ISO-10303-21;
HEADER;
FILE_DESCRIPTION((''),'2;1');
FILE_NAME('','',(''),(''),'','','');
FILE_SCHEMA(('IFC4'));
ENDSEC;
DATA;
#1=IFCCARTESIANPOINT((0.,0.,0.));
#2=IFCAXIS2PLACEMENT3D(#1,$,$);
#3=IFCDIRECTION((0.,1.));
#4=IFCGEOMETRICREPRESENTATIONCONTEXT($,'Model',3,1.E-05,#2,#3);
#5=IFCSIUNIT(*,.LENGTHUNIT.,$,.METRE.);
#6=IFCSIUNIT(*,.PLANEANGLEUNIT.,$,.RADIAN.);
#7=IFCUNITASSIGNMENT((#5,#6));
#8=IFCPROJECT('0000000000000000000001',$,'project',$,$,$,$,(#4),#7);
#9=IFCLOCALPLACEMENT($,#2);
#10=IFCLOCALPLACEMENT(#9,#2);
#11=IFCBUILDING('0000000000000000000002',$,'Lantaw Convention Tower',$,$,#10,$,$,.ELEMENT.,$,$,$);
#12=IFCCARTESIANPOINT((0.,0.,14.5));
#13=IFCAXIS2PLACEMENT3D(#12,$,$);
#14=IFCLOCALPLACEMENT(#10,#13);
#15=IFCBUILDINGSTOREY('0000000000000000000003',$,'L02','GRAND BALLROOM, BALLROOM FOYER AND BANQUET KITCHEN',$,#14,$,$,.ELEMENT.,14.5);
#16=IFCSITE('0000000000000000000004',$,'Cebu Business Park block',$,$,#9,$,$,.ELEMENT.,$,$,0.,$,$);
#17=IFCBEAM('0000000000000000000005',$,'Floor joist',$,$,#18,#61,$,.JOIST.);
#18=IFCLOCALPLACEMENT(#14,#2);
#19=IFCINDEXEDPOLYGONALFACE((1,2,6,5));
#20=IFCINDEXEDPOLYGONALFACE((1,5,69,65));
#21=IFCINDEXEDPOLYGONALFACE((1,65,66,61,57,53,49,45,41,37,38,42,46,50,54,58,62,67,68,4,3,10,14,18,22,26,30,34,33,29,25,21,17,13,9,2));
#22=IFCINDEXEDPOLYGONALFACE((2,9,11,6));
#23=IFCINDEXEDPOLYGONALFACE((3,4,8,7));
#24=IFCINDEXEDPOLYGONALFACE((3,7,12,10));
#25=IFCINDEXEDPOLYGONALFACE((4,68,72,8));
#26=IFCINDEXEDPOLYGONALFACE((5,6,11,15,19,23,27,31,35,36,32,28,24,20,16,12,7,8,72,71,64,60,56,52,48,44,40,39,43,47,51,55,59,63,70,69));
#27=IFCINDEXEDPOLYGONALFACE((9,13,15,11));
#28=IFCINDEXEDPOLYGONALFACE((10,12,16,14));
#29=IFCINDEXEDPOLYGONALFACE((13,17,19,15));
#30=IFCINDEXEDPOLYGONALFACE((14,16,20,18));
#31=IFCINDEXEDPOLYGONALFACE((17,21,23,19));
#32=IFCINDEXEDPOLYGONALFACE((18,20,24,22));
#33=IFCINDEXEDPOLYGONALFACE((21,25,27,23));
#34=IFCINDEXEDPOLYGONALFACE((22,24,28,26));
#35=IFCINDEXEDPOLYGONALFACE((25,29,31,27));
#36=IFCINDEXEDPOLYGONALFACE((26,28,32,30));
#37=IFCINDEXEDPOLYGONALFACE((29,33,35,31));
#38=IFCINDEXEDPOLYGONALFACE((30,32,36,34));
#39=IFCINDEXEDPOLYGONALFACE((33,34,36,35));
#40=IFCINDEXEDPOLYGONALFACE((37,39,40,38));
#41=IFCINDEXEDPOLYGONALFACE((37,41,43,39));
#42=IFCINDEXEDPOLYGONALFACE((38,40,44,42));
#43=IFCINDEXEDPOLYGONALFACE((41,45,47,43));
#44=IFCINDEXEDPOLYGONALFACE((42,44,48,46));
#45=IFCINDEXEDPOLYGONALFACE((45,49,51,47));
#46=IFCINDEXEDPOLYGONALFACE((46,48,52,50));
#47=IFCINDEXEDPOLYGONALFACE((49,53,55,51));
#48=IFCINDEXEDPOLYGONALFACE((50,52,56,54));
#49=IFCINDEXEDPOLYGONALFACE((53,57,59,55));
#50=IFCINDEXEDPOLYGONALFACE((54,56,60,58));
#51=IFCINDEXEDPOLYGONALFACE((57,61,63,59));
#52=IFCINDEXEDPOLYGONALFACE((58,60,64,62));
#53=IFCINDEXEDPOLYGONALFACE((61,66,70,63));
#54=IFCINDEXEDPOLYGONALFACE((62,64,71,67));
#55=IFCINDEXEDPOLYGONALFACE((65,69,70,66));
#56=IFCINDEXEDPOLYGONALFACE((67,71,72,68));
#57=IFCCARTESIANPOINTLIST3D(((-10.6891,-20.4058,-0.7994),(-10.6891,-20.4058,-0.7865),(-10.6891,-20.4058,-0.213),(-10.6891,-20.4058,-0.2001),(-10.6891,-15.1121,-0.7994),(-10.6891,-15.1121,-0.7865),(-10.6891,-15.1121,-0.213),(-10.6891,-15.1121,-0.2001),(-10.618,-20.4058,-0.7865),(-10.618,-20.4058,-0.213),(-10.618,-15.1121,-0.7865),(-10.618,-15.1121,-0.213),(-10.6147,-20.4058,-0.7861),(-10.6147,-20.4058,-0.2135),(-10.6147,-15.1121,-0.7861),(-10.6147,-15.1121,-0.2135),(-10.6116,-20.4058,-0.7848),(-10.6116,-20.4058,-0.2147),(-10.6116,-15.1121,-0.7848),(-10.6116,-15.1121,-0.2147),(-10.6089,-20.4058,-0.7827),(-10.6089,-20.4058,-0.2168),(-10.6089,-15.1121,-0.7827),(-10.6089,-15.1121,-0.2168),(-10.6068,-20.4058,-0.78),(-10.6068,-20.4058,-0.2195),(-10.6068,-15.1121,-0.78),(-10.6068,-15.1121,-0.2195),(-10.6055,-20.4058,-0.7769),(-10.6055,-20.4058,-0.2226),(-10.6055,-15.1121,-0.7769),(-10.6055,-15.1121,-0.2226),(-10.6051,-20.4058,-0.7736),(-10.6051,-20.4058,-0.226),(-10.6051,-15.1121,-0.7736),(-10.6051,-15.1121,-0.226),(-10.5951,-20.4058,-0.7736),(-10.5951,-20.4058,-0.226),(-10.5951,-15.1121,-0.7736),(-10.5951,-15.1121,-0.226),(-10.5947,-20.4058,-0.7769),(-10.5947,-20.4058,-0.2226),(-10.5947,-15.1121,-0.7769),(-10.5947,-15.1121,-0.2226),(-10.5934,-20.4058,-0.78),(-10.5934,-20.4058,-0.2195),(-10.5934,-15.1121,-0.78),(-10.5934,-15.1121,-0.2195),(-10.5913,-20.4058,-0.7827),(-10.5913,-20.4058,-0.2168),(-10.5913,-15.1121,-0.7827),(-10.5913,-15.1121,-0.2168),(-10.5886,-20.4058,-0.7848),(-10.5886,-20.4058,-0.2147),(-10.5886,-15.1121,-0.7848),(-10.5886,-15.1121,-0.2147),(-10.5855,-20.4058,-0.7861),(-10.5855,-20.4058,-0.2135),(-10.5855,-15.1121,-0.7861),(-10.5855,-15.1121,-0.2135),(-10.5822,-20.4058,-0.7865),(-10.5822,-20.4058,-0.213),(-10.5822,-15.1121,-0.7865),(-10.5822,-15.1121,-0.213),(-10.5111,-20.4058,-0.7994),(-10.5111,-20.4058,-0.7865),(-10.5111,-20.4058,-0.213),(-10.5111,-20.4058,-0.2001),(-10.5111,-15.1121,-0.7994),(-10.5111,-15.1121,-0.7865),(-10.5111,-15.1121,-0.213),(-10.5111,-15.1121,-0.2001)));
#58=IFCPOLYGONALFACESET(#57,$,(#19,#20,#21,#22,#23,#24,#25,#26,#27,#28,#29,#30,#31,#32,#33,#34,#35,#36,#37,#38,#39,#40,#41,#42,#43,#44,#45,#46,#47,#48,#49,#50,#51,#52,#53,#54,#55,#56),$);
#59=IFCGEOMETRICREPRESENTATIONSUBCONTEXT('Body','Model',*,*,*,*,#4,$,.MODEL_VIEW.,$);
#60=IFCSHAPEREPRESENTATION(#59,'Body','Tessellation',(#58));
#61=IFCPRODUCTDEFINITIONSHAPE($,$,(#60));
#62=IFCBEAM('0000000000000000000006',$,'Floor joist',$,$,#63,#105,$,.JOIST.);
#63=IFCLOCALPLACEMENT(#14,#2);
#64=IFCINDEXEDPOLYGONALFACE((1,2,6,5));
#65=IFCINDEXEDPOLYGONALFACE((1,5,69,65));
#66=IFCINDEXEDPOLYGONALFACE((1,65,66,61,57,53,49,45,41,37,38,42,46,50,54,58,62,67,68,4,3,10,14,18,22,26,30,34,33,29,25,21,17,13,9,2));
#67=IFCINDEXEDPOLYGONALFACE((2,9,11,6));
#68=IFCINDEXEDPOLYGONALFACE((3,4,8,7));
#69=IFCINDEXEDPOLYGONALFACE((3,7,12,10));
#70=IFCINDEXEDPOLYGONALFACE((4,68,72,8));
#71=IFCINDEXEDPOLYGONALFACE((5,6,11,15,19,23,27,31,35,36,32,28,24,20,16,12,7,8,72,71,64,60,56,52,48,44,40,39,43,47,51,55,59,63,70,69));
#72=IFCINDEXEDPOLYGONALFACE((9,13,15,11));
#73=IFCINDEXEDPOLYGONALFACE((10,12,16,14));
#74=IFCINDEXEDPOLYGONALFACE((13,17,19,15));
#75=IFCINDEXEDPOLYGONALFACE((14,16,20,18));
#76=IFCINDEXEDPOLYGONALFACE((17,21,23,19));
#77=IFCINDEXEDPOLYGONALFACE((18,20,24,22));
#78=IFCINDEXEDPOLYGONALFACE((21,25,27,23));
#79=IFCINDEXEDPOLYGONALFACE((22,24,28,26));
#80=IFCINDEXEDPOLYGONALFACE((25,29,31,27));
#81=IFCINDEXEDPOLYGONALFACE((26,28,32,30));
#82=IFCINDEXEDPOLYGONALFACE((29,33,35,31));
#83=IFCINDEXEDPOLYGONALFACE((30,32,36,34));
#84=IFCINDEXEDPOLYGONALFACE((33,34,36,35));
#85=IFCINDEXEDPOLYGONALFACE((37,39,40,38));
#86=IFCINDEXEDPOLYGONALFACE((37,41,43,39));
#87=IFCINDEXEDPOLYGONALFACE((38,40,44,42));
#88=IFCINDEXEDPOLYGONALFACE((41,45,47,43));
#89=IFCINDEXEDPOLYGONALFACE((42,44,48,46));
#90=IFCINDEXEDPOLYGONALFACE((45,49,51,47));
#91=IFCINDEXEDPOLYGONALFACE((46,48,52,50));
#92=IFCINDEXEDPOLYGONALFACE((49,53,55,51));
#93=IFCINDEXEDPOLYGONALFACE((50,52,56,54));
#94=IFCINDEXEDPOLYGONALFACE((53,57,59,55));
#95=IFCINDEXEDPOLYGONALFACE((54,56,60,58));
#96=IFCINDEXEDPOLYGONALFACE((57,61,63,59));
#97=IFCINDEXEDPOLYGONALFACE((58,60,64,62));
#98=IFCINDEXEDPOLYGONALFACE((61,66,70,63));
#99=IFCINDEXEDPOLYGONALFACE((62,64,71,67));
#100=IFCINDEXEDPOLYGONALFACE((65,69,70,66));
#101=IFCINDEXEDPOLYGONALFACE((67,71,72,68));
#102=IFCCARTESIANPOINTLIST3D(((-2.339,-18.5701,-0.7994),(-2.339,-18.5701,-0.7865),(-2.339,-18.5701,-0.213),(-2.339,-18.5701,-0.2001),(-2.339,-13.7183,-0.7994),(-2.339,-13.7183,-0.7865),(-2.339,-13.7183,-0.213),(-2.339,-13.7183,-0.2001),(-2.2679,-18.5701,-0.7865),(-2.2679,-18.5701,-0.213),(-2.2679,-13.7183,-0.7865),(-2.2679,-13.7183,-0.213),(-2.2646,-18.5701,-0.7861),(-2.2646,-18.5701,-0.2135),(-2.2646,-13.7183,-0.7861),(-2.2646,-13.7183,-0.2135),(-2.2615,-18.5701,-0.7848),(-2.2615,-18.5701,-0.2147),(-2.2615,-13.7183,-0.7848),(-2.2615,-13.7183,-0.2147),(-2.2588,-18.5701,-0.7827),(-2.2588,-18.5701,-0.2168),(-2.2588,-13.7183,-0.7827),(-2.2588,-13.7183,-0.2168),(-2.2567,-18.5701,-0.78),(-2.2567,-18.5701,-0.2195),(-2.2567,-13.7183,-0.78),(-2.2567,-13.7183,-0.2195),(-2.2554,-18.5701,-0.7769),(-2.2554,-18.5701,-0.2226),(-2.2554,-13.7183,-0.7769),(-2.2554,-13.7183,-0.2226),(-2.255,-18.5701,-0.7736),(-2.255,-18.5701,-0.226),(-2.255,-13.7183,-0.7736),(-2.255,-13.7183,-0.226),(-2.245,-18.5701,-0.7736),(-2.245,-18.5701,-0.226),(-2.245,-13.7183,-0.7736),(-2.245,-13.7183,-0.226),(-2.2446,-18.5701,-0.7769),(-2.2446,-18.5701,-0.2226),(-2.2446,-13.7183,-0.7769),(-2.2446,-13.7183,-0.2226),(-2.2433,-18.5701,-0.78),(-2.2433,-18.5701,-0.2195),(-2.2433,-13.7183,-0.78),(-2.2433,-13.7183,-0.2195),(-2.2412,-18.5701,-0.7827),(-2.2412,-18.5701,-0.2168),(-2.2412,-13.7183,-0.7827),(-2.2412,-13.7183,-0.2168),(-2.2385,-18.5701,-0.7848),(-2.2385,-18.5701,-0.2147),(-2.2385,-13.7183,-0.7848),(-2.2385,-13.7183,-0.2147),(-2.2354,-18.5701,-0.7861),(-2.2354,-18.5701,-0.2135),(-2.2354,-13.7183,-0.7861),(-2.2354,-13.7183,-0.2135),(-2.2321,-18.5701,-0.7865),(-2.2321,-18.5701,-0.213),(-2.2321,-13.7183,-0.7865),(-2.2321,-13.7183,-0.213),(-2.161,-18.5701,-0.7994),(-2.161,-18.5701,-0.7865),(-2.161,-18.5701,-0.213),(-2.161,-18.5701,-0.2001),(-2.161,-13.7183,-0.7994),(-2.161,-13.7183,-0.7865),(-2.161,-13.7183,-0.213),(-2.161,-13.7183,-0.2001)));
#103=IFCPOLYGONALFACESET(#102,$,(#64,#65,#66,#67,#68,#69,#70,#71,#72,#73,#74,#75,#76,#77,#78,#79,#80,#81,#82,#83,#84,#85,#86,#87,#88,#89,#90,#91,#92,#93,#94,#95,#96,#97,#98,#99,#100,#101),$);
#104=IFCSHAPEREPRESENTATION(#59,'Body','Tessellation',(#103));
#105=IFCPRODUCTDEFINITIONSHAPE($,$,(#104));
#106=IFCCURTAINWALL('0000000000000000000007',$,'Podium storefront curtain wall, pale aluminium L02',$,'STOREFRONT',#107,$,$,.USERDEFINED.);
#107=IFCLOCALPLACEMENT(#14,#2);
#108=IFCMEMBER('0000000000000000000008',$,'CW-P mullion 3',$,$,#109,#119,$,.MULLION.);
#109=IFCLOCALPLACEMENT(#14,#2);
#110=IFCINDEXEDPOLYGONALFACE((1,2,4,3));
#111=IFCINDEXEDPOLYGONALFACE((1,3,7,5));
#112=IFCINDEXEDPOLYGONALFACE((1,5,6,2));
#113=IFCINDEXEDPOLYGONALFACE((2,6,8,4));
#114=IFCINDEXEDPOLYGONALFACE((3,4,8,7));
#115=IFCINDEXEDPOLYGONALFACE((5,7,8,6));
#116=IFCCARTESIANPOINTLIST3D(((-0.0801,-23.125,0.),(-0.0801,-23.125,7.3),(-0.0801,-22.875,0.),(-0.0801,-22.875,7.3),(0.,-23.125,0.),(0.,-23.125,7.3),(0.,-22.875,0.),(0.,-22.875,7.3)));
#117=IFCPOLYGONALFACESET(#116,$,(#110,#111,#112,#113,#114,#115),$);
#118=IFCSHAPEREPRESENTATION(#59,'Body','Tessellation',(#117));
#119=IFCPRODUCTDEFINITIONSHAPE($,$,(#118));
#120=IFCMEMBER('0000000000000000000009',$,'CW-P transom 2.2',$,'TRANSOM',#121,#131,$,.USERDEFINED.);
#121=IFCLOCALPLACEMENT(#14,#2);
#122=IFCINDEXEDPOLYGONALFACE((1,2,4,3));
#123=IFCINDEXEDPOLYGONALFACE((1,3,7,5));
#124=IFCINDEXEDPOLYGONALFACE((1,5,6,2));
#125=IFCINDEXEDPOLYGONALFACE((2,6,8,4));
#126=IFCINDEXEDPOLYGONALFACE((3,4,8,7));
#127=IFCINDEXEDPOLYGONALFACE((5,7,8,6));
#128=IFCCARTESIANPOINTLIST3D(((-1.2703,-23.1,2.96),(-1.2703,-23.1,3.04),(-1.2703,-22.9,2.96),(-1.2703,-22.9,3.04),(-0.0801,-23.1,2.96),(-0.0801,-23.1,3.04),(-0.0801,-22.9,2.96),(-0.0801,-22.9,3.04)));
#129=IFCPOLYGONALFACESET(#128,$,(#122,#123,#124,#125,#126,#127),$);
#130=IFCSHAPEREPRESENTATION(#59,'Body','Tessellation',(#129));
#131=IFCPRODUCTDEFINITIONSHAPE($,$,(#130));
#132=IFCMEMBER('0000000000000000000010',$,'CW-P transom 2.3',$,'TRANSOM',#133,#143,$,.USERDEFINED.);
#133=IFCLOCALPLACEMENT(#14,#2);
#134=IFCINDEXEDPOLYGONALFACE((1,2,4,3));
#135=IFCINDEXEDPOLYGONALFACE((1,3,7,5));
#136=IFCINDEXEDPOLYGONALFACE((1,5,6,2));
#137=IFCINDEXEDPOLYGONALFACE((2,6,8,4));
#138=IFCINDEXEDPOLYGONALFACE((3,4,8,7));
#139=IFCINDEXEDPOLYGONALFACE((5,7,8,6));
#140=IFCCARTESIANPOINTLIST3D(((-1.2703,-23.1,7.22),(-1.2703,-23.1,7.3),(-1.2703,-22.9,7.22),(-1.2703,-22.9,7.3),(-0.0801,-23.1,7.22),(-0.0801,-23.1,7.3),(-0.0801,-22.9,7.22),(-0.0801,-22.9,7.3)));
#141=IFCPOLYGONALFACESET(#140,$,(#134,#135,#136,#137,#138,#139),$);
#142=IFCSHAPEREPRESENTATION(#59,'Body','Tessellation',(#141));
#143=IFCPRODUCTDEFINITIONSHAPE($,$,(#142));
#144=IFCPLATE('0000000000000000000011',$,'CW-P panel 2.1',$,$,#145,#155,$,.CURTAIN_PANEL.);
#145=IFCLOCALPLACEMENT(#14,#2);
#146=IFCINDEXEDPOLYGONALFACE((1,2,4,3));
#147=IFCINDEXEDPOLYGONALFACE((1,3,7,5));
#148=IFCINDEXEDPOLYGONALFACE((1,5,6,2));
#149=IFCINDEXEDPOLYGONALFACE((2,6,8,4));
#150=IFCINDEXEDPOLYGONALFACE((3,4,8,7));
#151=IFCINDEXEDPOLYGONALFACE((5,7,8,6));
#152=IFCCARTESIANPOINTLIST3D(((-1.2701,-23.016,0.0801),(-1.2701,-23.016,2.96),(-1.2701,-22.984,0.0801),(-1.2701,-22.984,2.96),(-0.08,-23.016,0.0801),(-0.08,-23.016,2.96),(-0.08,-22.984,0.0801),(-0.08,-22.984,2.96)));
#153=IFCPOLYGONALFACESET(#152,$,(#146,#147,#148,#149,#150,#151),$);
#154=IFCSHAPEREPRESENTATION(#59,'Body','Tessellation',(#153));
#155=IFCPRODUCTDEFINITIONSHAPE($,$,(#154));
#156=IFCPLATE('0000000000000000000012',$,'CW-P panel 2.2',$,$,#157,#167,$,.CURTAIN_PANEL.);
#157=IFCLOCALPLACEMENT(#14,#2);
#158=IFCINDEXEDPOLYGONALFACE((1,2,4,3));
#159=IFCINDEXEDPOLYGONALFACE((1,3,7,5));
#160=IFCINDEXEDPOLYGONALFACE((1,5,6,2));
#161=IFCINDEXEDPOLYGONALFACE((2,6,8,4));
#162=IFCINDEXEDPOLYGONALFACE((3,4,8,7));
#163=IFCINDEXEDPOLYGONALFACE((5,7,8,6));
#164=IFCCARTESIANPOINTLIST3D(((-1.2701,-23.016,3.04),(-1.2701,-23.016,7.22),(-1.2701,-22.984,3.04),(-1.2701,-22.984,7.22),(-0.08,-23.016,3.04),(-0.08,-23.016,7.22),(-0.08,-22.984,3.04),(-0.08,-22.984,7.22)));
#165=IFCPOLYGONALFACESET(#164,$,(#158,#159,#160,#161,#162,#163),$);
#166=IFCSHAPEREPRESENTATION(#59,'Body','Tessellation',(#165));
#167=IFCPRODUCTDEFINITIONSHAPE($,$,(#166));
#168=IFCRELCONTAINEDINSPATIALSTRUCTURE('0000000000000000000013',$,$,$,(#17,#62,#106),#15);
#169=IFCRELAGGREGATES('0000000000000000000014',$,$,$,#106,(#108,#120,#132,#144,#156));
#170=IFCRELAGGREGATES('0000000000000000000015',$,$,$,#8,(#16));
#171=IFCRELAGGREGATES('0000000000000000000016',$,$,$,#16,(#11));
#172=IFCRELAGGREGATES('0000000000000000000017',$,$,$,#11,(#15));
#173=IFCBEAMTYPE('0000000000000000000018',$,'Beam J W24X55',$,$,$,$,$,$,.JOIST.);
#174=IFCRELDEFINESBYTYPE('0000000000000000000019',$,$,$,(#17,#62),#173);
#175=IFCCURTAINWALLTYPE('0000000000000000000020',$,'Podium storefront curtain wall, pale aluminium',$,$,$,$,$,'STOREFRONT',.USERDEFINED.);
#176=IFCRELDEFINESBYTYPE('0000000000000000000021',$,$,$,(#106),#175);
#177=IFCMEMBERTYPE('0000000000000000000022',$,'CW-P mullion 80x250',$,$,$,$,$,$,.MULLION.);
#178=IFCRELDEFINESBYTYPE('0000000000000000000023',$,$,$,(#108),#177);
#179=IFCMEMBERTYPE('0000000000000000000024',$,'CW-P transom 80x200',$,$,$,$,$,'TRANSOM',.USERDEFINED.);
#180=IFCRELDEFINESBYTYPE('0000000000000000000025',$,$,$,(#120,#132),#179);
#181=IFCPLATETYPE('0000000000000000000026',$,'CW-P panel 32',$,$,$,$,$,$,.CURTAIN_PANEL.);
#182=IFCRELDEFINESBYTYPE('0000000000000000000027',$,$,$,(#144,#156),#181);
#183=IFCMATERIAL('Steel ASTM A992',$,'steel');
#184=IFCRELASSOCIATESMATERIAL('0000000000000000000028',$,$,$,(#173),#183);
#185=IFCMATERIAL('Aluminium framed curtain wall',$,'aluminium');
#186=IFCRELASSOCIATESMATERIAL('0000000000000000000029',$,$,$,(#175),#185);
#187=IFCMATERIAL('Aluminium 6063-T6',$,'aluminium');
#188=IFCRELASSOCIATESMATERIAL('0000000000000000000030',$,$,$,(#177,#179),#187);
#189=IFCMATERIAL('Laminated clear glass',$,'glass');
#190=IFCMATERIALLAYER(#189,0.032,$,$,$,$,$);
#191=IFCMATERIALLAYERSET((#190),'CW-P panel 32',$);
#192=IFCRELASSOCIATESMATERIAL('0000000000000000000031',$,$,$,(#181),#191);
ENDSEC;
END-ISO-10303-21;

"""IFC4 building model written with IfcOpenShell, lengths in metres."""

from ifc_helpers import new_model, si_unit, direction, frame, origin, origin_2d, place, context, subcontext, project, spatial, rectangle, i_section, extrude, material, layer, layer_set, material_profile, profile_set, type_object, element, aggregate, save


model = new_model("IFC4")

# Units and contexts
model_context = context("Model", 3, precision=1e-05, world=origin(), true_north=direction((0.0, 1.0)))
body_context = subcontext(model_context, "Body", "Model", "MODEL_VIEW")
ifc_project = project(units=[si_unit("LENGTHUNIT", "METRE"), si_unit("PLANEANGLEUNIT", "RADIAN")], contexts=[model_context])

# Site, building, storey
site_placement = place(None, origin())
site = spatial("IfcSite", under=ifc_project, at=site_placement, Name="Cebu Business Park block", CompositionType="ELEMENT", RefElevation=0.0)
building_placement = place(site_placement, origin())
building = spatial("IfcBuilding", under=site, at=building_placement, Name="Lantaw Convention Tower", CompositionType="ELEMENT")
storey_placement = place(building_placement, frame((0.0, 0.0, 14.5)))
storey = spatial("IfcBuildingStorey", under=building, at=storey_placement, Name="L02", Description="GRAND BALLROOM, BALLROOM FOYER AND BANQUET KITCHEN", CompositionType="ELEMENT", Elevation=14.5)

# Beams
ifc_material_1 = material(Name="Steel ASTM A992", Category="steel")
ifc_material_profile_1 = material_profile(ifc_material_1, i_section(OverallWidth=0.178, OverallDepth=0.5994, WebThickness=0.01, FlangeThickness=0.0129, FilletRadius=0.0129, at=origin_2d()), Name="W24X55")
ifc_profile_set_1 = profile_set([ifc_material_profile_1], Name="Steel ASTM A992")
beam_type_1 = type_object("IfcBeamType", Name="Beam J W24X55", PredefinedType="JOIST", material=ifc_profile_set_1)
beam_1_placement = place(storey_placement, frame((-10.6001, -20.4058, -0.4998), z_axis=(0.0, 1.0, 0.0), x_axis=(-1.0, 0.0, 0.0)))
element("IfcBeam", 1, at=beam_1_placement, inside=storey, type_object=beam_type_1, Name="Floor joist", PredefinedType="JOIST", context=body_context, shape_type="SweptSolid", body=[
    extrude(i_section(OverallWidth=0.178, OverallDepth=0.5994, WebThickness=0.01, FlangeThickness=0.0129, FilletRadius=0.0129, at=origin_2d()), origin(), (0.0, 0.0, 1.0), 5.2937),
])
beam_2_placement = place(storey_placement, frame((-2.25, -18.5701, -0.4998), z_axis=(0.0, 1.0, 0.0), x_axis=(-1.0, 0.0, 0.0)))
element("IfcBeam", 2, at=beam_2_placement, inside=storey, type_object=beam_type_1, Name="Floor joist", PredefinedType="JOIST", context=body_context, shape_type="SweptSolid", body=[
    extrude(i_section(OverallWidth=0.178, OverallDepth=0.5994, WebThickness=0.01, FlangeThickness=0.0129, FilletRadius=0.0129, at=origin_2d()), origin(), (0.0, 0.0, 1.0), 4.8518),
])

# Curtain wall, members, plates
ifc_material_2 = material(Name="Aluminium framed curtain wall", Category="aluminium")
curtain_wall_type = type_object("IfcCurtainWallType", Name="Podium storefront curtain wall, pale aluminium", ElementType="STOREFRONT", PredefinedType="USERDEFINED", material=ifc_material_2)
curtain_wall_placement = place(storey_placement, origin())
curtain_wall = element("IfcCurtainWall", 3, at=curtain_wall_placement, inside=storey, type_object=curtain_wall_type, Name="Podium storefront curtain wall, pale aluminium L02", ObjectType="STOREFRONT", PredefinedType="USERDEFINED")
ifc_material_3 = material(Name="Aluminium 6063-T6", Category="aluminium")
ifc_material_profile_2 = material_profile(ifc_material_3, rectangle(XDim=0.25, YDim=0.0801, at=origin_2d()), Name="CW-P mullion 80x250")
ifc_profile_set_2 = profile_set([ifc_material_profile_2], Name="Aluminium 6063-T6")
member_type_1 = type_object("IfcMemberType", Name="CW-P mullion 80x250", PredefinedType="MULLION", material=ifc_profile_set_2)
member_1_placement = place(storey_placement, frame((-0.04, -23.0, 0.0), z_axis=(0.0, 0.0, 1.0), x_axis=(0.0, 1.0, 0.0)))
member_1 = element("IfcMember", 4, at=member_1_placement, type_object=member_type_1, Name="CW-P mullion 3", PredefinedType="MULLION", context=body_context, shape_type="SweptSolid", body=[
    extrude(rectangle(XDim=0.25, YDim=0.0801, at=origin_2d()), origin(), (0.0, 0.0, 1.0), 7.3),
])
ifc_material_profile_3 = material_profile(ifc_material_3, rectangle(XDim=0.2, YDim=0.0801, at=origin_2d()), Name="CW-P transom 80x200")
ifc_profile_set_3 = profile_set([ifc_material_profile_3], Name="Aluminium 6063-T6")
member_type_2 = type_object("IfcMemberType", Name="CW-P transom 80x200", ElementType="TRANSOM", PredefinedType="USERDEFINED", material=ifc_profile_set_3)
member_2_placement = place(storey_placement, frame((-1.2703, -23.0, 3.0), z_axis=(1.0, 0.0, 0.0), x_axis=(0.0, 1.0, 0.0)))
member_2 = element("IfcMember", 5, at=member_2_placement, type_object=member_type_2, Name="CW-P transom 2.2", ObjectType="TRANSOM", PredefinedType="USERDEFINED", context=body_context, shape_type="SweptSolid", body=[
    extrude(rectangle(XDim=0.2, YDim=0.0801, at=origin_2d()), origin(), (0.0, 0.0, 1.0), 1.1902),
])
member_3_placement = place(storey_placement, frame((-1.2703, -23.0, 7.26), z_axis=(1.0, 0.0, 0.0), x_axis=(0.0, 1.0, 0.0)))
member_3 = element("IfcMember", 6, at=member_3_placement, type_object=member_type_2, Name="CW-P transom 2.3", ObjectType="TRANSOM", PredefinedType="USERDEFINED", context=body_context, shape_type="SweptSolid", body=[
    extrude(rectangle(XDim=0.2, YDim=0.0801, at=origin_2d()), origin(), (0.0, 0.0, 1.0), 1.1902),
])
ifc_material_4 = material(Name="Laminated clear glass", Category="glass")
ifc_layer = layer(ifc_material_4, 0.032)
ifc_layer_set = layer_set([ifc_layer], Name="CW-P panel 32")
plate_type = type_object("IfcPlateType", Name="CW-P panel 32", PredefinedType="CURTAIN_PANEL", material=ifc_layer_set)
plate_1_placement = place(storey_placement, frame((-0.675, -23.0, 0.0801), z_axis=(0.0, 0.0, 1.0), x_axis=(1.0, 0.0, 0.0)))
plate_1 = element("IfcPlate", 7, at=plate_1_placement, type_object=plate_type, Name="CW-P panel 2.1", PredefinedType="CURTAIN_PANEL", context=body_context, shape_type="SweptSolid", body=[
    extrude(rectangle(XDim=1.1902, YDim=0.032, at=origin_2d()), origin(), (0.0, 0.0, 1.0), 2.8799),
])
plate_2_placement = place(storey_placement, frame((-0.675, -23.0, 3.04), z_axis=(0.0, 0.0, 1.0), x_axis=(1.0, 0.0, 0.0)))
plate_2 = element("IfcPlate", 8, at=plate_2_placement, type_object=plate_type, Name="CW-P panel 2.2", PredefinedType="CURTAIN_PANEL", context=body_context, shape_type="SweptSolid", body=[
    extrude(rectangle(XDim=1.1902, YDim=0.032, at=origin_2d()), origin(), (0.0, 0.0, 1.0), 4.1799),
])
aggregate(curtain_wall, [member_1, member_2, member_3, plate_1, plate_2])

save(model, "model.ifc")
